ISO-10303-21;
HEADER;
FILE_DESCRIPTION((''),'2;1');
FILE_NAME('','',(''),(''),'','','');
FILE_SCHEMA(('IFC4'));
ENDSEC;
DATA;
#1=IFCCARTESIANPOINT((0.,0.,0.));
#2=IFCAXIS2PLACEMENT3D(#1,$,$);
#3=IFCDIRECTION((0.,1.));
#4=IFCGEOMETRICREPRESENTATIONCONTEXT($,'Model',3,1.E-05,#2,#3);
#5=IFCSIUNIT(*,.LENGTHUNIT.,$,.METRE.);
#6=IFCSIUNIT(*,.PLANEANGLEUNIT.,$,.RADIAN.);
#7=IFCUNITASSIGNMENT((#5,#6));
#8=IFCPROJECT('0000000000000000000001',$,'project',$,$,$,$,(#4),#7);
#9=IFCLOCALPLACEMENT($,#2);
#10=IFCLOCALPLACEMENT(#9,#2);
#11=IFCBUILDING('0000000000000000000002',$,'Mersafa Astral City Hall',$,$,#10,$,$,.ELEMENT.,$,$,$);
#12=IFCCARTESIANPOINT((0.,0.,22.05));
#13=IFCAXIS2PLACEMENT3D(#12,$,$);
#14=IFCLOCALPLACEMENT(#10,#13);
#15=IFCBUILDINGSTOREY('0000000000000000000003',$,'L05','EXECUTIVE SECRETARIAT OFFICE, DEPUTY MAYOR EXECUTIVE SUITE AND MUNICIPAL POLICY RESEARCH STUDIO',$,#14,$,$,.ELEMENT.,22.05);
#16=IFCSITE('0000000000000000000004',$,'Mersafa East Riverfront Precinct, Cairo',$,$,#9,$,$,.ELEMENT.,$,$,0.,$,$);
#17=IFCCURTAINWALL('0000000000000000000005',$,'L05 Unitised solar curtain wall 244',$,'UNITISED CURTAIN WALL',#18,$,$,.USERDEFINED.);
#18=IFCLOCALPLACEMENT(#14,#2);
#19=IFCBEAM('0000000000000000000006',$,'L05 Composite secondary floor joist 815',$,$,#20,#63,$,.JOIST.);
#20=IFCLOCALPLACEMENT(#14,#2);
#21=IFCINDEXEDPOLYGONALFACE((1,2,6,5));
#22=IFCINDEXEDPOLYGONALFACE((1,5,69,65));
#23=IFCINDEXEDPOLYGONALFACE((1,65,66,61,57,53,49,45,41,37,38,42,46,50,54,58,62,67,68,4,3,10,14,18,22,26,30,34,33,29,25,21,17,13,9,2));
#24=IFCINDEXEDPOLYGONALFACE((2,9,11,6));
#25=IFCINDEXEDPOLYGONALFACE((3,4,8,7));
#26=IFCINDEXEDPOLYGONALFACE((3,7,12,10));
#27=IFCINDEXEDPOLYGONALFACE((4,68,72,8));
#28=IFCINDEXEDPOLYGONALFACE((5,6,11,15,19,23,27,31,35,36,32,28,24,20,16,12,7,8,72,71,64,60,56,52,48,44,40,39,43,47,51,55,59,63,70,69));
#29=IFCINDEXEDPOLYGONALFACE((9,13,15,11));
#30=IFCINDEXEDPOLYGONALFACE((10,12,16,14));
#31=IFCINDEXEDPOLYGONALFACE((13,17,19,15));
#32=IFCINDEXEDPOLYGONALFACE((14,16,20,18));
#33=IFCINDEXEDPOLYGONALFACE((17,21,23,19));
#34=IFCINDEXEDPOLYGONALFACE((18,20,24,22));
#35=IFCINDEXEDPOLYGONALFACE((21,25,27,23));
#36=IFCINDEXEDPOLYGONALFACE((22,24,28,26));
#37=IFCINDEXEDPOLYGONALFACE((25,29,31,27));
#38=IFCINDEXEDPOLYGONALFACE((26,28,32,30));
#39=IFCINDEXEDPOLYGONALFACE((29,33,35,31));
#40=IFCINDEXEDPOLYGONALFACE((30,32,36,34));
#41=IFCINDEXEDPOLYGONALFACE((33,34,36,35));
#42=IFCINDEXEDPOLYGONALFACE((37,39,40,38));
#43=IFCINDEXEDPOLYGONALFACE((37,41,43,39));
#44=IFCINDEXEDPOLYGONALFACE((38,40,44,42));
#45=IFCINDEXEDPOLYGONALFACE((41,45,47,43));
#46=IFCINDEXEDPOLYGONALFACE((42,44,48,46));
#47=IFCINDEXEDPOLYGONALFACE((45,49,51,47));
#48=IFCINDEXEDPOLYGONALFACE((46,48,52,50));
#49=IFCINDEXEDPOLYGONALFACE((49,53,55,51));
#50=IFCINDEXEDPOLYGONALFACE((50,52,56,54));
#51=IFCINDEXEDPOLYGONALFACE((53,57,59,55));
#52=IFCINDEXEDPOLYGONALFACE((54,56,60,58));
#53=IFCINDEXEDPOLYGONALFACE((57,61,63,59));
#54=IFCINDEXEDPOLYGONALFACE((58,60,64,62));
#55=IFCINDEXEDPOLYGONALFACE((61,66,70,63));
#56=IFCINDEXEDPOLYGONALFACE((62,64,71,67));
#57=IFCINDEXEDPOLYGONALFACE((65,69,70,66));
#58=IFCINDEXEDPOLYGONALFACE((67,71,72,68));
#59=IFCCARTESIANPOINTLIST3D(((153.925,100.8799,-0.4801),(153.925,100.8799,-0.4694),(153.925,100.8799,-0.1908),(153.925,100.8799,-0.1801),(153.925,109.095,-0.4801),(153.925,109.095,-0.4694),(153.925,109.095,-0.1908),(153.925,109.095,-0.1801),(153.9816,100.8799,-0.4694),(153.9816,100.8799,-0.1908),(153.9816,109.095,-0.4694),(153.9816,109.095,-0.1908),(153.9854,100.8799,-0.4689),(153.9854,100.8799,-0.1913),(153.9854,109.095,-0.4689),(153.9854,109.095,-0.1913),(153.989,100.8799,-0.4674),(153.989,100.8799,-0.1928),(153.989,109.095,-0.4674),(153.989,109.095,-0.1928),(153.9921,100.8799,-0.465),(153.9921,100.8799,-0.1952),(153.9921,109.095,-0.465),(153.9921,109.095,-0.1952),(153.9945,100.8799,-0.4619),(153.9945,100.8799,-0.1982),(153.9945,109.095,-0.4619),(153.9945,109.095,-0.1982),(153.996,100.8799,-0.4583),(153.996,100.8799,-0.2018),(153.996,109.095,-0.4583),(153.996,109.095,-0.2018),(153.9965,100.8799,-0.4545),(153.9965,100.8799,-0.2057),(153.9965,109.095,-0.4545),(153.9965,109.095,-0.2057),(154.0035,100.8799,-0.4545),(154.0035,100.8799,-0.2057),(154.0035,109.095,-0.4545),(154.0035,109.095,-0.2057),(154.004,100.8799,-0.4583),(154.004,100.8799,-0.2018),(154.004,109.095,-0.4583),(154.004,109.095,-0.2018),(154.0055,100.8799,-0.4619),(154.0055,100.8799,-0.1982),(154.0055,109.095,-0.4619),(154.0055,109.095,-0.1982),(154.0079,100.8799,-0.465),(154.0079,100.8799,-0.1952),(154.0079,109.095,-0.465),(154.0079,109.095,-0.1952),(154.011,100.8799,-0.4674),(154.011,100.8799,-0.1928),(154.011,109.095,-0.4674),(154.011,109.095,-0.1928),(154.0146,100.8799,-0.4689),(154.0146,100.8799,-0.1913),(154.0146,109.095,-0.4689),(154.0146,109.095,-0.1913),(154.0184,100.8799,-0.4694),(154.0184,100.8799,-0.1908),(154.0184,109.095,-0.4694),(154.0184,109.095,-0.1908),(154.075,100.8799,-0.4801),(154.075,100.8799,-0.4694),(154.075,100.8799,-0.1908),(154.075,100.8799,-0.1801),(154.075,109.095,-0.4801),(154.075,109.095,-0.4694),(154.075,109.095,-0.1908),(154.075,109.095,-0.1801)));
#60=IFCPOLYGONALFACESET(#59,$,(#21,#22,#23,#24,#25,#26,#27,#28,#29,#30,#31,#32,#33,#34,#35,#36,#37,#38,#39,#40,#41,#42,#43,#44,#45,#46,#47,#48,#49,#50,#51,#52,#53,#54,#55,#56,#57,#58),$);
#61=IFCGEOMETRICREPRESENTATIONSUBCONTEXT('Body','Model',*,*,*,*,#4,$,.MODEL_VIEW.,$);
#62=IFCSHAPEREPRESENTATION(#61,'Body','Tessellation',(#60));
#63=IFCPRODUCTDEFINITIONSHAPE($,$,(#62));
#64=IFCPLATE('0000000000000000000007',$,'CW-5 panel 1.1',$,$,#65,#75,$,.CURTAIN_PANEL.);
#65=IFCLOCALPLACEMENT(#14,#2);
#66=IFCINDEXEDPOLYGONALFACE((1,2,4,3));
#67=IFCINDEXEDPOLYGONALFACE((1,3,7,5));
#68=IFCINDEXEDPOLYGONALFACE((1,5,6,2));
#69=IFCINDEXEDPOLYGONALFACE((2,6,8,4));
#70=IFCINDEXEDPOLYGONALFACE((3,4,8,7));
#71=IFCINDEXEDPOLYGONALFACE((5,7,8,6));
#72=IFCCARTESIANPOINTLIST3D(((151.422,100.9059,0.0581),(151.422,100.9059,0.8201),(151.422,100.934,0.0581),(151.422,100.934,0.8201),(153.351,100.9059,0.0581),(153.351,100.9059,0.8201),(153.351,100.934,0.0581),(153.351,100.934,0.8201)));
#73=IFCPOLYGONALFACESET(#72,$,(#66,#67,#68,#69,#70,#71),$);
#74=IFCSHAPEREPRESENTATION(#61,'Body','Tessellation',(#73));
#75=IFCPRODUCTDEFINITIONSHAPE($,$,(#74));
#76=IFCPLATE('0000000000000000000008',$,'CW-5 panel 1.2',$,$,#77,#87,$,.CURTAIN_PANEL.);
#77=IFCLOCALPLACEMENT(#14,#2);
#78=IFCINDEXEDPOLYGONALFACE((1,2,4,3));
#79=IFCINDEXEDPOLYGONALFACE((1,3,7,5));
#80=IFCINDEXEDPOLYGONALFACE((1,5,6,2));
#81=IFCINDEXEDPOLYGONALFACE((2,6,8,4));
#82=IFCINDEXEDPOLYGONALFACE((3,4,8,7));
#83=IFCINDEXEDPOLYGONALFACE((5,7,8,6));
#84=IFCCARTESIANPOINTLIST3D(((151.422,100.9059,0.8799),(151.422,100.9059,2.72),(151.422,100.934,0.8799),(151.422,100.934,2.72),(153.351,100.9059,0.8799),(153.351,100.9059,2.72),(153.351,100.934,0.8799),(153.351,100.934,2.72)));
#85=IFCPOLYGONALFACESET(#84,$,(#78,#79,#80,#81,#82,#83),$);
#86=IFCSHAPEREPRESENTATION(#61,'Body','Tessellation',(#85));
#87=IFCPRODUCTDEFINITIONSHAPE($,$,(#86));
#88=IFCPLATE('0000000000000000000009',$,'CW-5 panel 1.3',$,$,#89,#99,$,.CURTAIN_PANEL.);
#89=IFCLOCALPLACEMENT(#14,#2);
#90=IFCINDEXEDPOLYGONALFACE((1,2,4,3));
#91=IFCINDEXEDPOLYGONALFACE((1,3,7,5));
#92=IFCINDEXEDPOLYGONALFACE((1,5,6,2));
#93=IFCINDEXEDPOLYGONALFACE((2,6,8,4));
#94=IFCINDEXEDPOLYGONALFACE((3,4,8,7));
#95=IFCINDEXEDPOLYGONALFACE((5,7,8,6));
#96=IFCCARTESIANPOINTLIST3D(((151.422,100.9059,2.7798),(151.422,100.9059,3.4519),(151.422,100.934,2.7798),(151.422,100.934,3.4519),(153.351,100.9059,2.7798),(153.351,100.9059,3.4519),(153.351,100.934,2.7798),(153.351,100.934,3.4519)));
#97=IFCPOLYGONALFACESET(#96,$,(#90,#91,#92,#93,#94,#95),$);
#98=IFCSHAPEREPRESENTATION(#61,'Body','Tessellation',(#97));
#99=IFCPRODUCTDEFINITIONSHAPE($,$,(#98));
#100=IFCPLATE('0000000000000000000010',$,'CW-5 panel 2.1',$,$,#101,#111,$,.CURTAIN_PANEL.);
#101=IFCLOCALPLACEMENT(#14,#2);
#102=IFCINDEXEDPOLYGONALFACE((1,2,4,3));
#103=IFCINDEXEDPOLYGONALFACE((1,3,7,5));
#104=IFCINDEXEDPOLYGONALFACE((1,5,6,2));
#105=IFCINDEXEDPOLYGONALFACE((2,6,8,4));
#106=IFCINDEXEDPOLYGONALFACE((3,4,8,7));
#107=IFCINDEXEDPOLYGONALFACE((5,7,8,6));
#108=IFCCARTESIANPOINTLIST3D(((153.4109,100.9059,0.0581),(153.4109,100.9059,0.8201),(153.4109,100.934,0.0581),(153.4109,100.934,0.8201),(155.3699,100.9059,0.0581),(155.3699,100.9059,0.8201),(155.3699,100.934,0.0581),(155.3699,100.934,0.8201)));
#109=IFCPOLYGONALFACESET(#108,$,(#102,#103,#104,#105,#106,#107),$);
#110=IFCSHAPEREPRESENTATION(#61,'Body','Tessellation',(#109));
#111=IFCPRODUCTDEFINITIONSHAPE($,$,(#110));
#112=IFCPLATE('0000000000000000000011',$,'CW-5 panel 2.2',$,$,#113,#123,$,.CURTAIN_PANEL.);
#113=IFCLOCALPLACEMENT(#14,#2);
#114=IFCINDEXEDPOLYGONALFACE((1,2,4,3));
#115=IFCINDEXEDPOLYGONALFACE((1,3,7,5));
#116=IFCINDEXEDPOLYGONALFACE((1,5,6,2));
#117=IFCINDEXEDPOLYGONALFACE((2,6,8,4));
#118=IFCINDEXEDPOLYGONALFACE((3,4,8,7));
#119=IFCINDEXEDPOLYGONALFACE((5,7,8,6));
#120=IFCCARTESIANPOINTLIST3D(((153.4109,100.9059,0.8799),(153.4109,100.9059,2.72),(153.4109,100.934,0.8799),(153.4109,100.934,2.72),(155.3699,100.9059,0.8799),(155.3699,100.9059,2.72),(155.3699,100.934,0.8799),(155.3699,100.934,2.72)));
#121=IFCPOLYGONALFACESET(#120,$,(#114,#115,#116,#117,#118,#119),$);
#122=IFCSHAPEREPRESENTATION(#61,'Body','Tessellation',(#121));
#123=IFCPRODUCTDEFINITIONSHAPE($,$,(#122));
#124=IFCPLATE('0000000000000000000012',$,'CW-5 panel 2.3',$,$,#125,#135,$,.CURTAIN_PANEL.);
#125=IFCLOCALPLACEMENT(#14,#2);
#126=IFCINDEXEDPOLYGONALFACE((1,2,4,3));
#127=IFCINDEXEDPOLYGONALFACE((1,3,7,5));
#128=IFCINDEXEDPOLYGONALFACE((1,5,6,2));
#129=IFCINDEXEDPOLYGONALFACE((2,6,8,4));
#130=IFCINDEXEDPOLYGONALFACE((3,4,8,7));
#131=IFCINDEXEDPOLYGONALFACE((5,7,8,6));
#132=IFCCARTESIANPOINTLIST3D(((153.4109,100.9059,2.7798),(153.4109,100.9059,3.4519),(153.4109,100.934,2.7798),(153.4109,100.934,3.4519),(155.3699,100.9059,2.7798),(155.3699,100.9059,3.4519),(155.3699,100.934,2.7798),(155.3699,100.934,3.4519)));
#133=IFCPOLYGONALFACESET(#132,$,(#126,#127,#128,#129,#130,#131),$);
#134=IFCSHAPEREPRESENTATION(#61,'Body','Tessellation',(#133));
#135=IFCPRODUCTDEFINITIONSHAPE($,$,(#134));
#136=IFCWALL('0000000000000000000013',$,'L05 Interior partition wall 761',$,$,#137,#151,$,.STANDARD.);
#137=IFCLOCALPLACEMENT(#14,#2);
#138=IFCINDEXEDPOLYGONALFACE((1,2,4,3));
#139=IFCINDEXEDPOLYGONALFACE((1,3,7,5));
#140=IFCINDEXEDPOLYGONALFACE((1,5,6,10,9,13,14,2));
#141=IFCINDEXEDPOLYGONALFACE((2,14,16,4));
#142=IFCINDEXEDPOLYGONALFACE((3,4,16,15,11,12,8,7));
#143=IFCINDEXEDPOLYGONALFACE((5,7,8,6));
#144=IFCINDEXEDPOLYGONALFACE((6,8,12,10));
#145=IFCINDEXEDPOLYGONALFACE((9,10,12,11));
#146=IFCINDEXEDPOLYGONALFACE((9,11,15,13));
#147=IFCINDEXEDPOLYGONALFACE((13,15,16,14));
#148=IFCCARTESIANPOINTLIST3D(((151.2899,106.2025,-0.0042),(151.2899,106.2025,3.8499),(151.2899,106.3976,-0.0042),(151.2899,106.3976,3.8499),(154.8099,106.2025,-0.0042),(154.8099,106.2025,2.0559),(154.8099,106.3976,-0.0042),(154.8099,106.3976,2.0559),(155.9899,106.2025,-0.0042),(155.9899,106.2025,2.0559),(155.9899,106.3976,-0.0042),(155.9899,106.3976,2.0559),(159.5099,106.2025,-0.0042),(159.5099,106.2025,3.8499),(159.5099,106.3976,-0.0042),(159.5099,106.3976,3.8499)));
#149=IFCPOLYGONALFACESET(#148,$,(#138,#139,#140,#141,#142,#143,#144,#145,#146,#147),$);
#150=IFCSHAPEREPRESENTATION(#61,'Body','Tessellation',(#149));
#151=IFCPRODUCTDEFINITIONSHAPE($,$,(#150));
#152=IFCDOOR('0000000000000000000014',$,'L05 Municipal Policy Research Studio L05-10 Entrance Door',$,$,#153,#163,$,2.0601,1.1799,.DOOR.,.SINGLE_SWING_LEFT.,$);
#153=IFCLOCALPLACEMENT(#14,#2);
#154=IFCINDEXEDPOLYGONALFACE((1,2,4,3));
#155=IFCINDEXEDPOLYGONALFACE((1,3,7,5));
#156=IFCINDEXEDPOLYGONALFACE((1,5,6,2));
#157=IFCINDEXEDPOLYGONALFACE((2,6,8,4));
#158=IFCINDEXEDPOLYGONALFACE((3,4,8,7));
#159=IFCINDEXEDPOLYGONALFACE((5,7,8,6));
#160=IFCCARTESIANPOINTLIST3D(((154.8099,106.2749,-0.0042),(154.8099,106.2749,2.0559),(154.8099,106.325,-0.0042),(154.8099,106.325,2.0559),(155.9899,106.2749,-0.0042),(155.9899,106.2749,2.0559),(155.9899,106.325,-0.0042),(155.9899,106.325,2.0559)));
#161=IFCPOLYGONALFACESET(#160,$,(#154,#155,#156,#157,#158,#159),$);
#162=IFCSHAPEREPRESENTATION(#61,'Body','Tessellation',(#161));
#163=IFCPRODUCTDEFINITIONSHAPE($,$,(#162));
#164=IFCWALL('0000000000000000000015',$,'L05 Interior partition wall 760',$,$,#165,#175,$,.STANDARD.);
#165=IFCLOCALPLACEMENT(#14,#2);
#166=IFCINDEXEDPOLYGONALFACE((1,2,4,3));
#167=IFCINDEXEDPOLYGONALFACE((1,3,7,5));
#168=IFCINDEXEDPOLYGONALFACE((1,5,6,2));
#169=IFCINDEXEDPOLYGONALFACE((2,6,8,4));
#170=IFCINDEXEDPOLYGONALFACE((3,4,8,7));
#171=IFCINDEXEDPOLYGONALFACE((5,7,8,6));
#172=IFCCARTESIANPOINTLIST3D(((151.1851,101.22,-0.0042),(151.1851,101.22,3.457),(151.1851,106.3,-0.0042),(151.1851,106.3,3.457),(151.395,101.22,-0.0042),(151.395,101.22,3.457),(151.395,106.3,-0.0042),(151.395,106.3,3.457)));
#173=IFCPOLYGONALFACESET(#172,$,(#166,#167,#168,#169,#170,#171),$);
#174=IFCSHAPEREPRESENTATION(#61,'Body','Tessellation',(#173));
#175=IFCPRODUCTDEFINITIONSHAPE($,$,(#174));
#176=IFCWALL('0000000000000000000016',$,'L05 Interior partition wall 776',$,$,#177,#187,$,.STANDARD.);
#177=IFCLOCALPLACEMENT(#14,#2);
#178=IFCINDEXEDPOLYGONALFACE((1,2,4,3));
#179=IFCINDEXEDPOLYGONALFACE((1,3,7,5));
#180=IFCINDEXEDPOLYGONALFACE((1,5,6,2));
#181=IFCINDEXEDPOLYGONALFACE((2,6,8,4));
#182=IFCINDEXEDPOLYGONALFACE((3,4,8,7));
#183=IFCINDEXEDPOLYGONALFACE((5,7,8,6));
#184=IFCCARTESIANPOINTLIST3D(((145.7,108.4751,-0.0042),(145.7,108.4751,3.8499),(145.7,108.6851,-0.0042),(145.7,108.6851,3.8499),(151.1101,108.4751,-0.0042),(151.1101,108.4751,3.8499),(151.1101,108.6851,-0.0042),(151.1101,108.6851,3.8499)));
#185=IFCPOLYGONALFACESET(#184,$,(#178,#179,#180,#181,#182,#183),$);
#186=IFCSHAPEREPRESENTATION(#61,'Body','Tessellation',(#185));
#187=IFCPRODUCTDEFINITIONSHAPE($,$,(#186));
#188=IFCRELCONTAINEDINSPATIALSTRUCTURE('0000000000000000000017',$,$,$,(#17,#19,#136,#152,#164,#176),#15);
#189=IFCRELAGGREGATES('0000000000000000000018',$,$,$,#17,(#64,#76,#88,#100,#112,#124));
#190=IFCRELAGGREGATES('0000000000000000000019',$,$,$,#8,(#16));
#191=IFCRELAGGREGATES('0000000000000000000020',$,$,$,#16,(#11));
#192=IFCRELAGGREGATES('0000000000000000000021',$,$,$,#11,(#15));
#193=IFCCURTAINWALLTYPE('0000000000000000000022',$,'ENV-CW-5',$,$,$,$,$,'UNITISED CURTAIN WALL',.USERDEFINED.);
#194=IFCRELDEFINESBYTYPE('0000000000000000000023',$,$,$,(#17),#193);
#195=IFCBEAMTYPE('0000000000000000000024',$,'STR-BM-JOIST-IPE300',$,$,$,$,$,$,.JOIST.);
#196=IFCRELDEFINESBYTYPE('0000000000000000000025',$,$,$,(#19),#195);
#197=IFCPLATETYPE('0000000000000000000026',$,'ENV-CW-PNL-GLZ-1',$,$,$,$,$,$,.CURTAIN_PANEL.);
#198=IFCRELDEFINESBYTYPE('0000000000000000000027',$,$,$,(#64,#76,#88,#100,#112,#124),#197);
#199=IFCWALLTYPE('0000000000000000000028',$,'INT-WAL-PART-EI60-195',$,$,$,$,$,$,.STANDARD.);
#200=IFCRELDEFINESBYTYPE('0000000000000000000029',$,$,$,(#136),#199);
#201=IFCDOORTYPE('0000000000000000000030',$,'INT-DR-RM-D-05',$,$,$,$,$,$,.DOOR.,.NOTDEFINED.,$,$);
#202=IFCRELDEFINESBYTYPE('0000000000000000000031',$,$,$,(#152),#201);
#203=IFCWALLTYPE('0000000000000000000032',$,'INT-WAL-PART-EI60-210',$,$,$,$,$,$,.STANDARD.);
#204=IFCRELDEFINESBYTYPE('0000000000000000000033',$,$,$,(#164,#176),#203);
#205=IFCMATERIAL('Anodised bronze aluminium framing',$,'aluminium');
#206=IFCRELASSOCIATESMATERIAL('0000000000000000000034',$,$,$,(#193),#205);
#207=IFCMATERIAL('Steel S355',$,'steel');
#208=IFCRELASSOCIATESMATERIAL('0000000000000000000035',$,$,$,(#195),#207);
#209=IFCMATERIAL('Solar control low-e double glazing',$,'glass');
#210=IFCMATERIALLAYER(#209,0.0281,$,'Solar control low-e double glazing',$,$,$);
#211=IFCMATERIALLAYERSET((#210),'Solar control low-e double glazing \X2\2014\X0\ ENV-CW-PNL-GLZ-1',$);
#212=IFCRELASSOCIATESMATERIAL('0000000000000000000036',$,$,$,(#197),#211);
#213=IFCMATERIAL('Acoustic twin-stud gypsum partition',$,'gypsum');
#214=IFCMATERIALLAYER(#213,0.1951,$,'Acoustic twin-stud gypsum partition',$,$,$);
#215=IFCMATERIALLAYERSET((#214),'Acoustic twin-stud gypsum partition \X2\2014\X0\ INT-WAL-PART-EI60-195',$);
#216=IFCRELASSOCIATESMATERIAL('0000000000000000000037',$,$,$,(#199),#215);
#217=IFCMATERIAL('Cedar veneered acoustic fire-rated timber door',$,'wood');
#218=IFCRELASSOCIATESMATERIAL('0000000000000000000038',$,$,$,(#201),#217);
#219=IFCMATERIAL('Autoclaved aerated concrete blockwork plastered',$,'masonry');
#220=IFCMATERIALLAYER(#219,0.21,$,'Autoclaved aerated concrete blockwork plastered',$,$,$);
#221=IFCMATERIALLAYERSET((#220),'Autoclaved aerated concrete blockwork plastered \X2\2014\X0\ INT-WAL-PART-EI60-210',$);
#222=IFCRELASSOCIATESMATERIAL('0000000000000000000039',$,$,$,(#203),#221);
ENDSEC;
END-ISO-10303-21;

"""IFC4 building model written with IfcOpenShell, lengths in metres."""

from ifc_helpers import new_model, si_unit, direction, frame, frame_2d, origin, origin_2d, place, context, subcontext, project, spatial, rectangle, i_section, extrude, material, layer, layer_set, material_profile, profile_set, type_object, element, fill, aggregate, save


model = new_model("IFC4")

# Units and contexts
model_context = context("Model", 3, precision=1e-05, world=origin(), true_north=direction((0.0, 1.0)))
body_context = subcontext(model_context, "Body", "Model", "MODEL_VIEW")
ifc_project = project(units=[si_unit("LENGTHUNIT", "METRE"), si_unit("PLANEANGLEUNIT", "RADIAN")], contexts=[model_context])

# Site, building, storey
site_placement = place(None, origin())
site = spatial("IfcSite", under=ifc_project, at=site_placement, Name="Mersafa East Riverfront Precinct, Cairo", CompositionType="ELEMENT", RefElevation=0.0)
building_placement = place(site_placement, origin())
building = spatial("IfcBuilding", under=site, at=building_placement, Name="Mersafa Astral City Hall", CompositionType="ELEMENT")
storey_placement = place(building_placement, frame((0.0, 0.0, 22.05)))
storey = spatial("IfcBuildingStorey", under=building, at=storey_placement, Name="L05", Description="EXECUTIVE SECRETARIAT OFFICE, DEPUTY MAYOR EXECUTIVE SUITE AND MUNICIPAL POLICY RESEARCH STUDIO", CompositionType="ELEMENT", Elevation=22.05)

# Shared definitions
ifc_material_1 = material(Name="Steel S355", Category="steel")

# Curtain wall
ifc_material_2 = material(Name="Anodised bronze aluminium framing", Category="aluminium")
curtain_wall_type = type_object("IfcCurtainWallType", Name="ENV-CW-5", ElementType="UNITISED CURTAIN WALL", PredefinedType="USERDEFINED", material=ifc_material_2)
curtain_wall_placement = place(storey_placement, origin())
curtain_wall = element("IfcCurtainWall", 1, at=curtain_wall_placement, inside=storey, type_object=curtain_wall_type, Name="L05 Unitised solar curtain wall 244", ObjectType="UNITISED CURTAIN WALL", PredefinedType="USERDEFINED")

# Beam
ifc_material_profile_1 = material_profile(ifc_material_1, i_section(OverallWidth=0.1499, OverallDepth=0.3, WebThickness=0.0071, FlangeThickness=0.0107, FilletRadius=0.0149, at=origin_2d()), Name="IPE 300")
ifc_profile_set_1 = profile_set([ifc_material_profile_1], Name="Steel S355")
beam_type_1 = type_object("IfcBeamType", Name="STR-BM-JOIST-IPE300", PredefinedType="JOIST", material=ifc_profile_set_1)
beam_1_placement = place(storey_placement, frame((154.0, 100.8799, -0.3301), z_axis=(0.0, 1.0, 0.0), x_axis=(-1.0, 0.0, 0.0)))
element("IfcBeam", 2, at=beam_1_placement, inside=storey, type_object=beam_type_1, Name="L05 Composite secondary floor joist 815", PredefinedType="JOIST", context=body_context, shape_type="SweptSolid", body=[
    extrude(i_section(OverallWidth=0.1499, OverallDepth=0.3, WebThickness=0.0071, FlangeThickness=0.0107, FilletRadius=0.0149, at=origin_2d()), origin(), (0.0, 0.0, 1.0), 8.2151),
])

# Plates
ifc_material_3 = material(Name="Solar control low-e double glazing", Category="glass")
ifc_layer_1 = layer(ifc_material_3, 0.0281, Name="Solar control low-e double glazing")
ifc_layer_set_1 = layer_set([ifc_layer_1], Name="Solar control low-e double glazing — ENV-CW-PNL-GLZ-1")
plate_type = type_object("IfcPlateType", Name="ENV-CW-PNL-GLZ-1", PredefinedType="CURTAIN_PANEL", material=ifc_layer_set_1)
plate_1_placement = place(storey_placement, frame((152.3865, 100.9199, 0.0581), z_axis=(0.0, 0.0, 1.0), x_axis=(1.0, 0.0, 0.0)))
plate_1 = element("IfcPlate", 3, at=plate_1_placement, type_object=plate_type, Name="CW-5 panel 1.1", PredefinedType="CURTAIN_PANEL", context=body_context, shape_type="SweptSolid", body=[
    extrude(rectangle(XDim=1.929, YDim=0.0281, at=origin_2d()), origin(), (0.0, 0.0, 1.0), 0.762),
])
plate_2_placement = place(storey_placement, frame((152.3865, 100.9199, 0.8799), z_axis=(0.0, 0.0, 1.0), x_axis=(1.0, 0.0, 0.0)))
plate_2 = element("IfcPlate", 4, at=plate_2_placement, type_object=plate_type, Name="CW-5 panel 1.2", PredefinedType="CURTAIN_PANEL", context=body_context, shape_type="SweptSolid", body=[
    extrude(rectangle(XDim=1.929, YDim=0.0281, at=origin_2d()), origin(), (0.0, 0.0, 1.0), 1.8401),
])
plate_3_placement = place(storey_placement, frame((152.3865, 100.9199, 2.7798), z_axis=(0.0, 0.0, 1.0), x_axis=(1.0, 0.0, 0.0)))
plate_3 = element("IfcPlate", 5, at=plate_3_placement, type_object=plate_type, Name="CW-5 panel 1.3", PredefinedType="CURTAIN_PANEL", context=body_context, shape_type="SweptSolid", body=[
    extrude(rectangle(XDim=1.929, YDim=0.0281, at=origin_2d()), origin(), (0.0, 0.0, 1.0), 0.6721),
])
plate_4_placement = place(storey_placement, frame((154.3904, 100.9199, 0.0581), z_axis=(0.0, 0.0, 1.0), x_axis=(1.0, 0.0, 0.0)))
plate_4 = element("IfcPlate", 6, at=plate_4_placement, type_object=plate_type, Name="CW-5 panel 2.1", PredefinedType="CURTAIN_PANEL", context=body_context, shape_type="SweptSolid", body=[
    extrude(rectangle(XDim=1.959, YDim=0.0281, at=origin_2d()), origin(), (0.0, 0.0, 1.0), 0.762),
])
plate_5_placement = place(storey_placement, frame((154.3904, 100.9199, 0.8799), z_axis=(0.0, 0.0, 1.0), x_axis=(1.0, 0.0, 0.0)))
plate_5 = element("IfcPlate", 7, at=plate_5_placement, type_object=plate_type, Name="CW-5 panel 2.2", PredefinedType="CURTAIN_PANEL", context=body_context, shape_type="SweptSolid", body=[
    extrude(rectangle(XDim=1.959, YDim=0.0281, at=origin_2d()), origin(), (0.0, 0.0, 1.0), 1.8401),
])
plate_6_placement = place(storey_placement, frame((154.3904, 100.9199, 2.7798), z_axis=(0.0, 0.0, 1.0), x_axis=(1.0, 0.0, 0.0)))
plate_6 = element("IfcPlate", 8, at=plate_6_placement, type_object=plate_type, Name="CW-5 panel 2.3", PredefinedType="CURTAIN_PANEL", context=body_context, shape_type="SweptSolid", body=[
    extrude(rectangle(XDim=1.959, YDim=0.0281, at=origin_2d()), origin(), (0.0, 0.0, 1.0), 0.6721),
])
aggregate(curtain_wall, [plate_1, plate_2, plate_3, plate_4, plate_5, plate_6])

# Wall, opening, door
ifc_material_4 = material(Name="Acoustic twin-stud gypsum partition", Category="gypsum")
ifc_layer_2 = layer(ifc_material_4, 0.1951, Name="Acoustic twin-stud gypsum partition")
ifc_layer_set_2 = layer_set([ifc_layer_2], Name="Acoustic twin-stud gypsum partition — INT-WAL-PART-EI60-195")
wall_type_1 = type_object("IfcWallType", Name="INT-WAL-PART-EI60-195", PredefinedType="STANDARD", material=ifc_layer_set_2)
wall_1_placement = place(storey_placement, frame((151.29, 106.3, -0.0042), z_axis=(0.0, 0.0, 1.0), x_axis=(1.0, 0.0, 0.0)))
wall_1 = element("IfcWall", 9, at=wall_1_placement, inside=storey, type_object=wall_type_1, Name="L05 Interior partition wall 761", PredefinedType="STANDARD", context=body_context, shape_type="SweptSolid", body=[
    extrude(rectangle(XDim=8.22, YDim=0.1951, at=frame_2d((4.1099, 0.0))), origin(), (0.0, 0.0, 1.0), 3.854),
])
opening_placement = place(wall_1_placement, frame((3.52, 0.0, 0.0)))
opening = element("IfcOpeningElement", 10, at=opening_placement, cuts=wall_1, PredefinedType="OPENING", context=body_context, shape_type="SweptSolid", body=[
    extrude(rectangle(XDim=1.1799, YDim=2.0601, at=frame_2d((0.5898, 1.03))), frame((0.0, 0.1074, 0.0), z_axis=(0.0, -1.0, 0.0), x_axis=(1.0, 0.0, 0.0)), (0.0, 0.0, 1.0), 0.2151),
])
ifc_material_5 = material(Name="Cedar veneered acoustic fire-rated timber door", Category="wood")
door_type = type_object("IfcDoorType", Name="INT-DR-RM-D-05", OperationType="NOTDEFINED", PredefinedType="DOOR", material=ifc_material_5)
door_placement = place(opening_placement, origin())
door = element("IfcDoor", 11, at=door_placement, inside=storey, type_object=door_type, Name="L05 Municipal Policy Research Studio L05-10 Entrance Door", OperationType="SINGLE_SWING_LEFT", OverallHeight=2.0601, OverallWidth=1.1799, PredefinedType="DOOR", context=body_context, shape_type="SweptSolid", body=[
    extrude(rectangle(XDim=1.1799, YDim=2.0601, at=frame_2d((0.5898, 1.03))), frame((0.0, 0.0249, 0.0), z_axis=(0.0, -1.0, 0.0), x_axis=(1.0, 0.0, 0.0)), (0.0, 0.0, 1.0), 0.05),
])
fill(opening, door)

# Walls
ifc_material_6 = material(Name="Autoclaved aerated concrete blockwork plastered", Category="masonry")
ifc_layer_3 = layer(ifc_material_6, 0.21, Name="Autoclaved aerated concrete blockwork plastered")
ifc_layer_set_3 = layer_set([ifc_layer_3], Name="Autoclaved aerated concrete blockwork plastered — INT-WAL-PART-EI60-210")
wall_type_2 = type_object("IfcWallType", Name="INT-WAL-PART-EI60-210", PredefinedType="STANDARD", material=ifc_layer_set_3)
wall_2_placement = place(storey_placement, frame((151.29, 101.22, -0.0042), z_axis=(0.0, 0.0, 1.0), x_axis=(0.0, 1.0, 0.0)))
element("IfcWall", 12, at=wall_2_placement, inside=storey, type_object=wall_type_2, Name="L05 Interior partition wall 760", PredefinedType="STANDARD", context=body_context, shape_type="SweptSolid", body=[
    extrude(rectangle(XDim=5.0801, YDim=0.21, at=frame_2d((2.54, 0.0))), origin(), (0.0, 0.0, 1.0), 3.4612),
])
wall_3_placement = place(storey_placement, frame((151.1101, 108.5801, -0.0042), z_axis=(0.0, 0.0, 1.0), x_axis=(-1.0, 0.0, 0.0)))
element("IfcWall", 13, at=wall_3_placement, inside=storey, type_object=wall_type_2, Name="L05 Interior partition wall 776", PredefinedType="STANDARD", context=body_context, shape_type="SweptSolid", body=[
    extrude(rectangle(XDim=5.4102, YDim=0.21, at=frame_2d((2.7051, 0.0))), origin(), (0.0, 0.0, 1.0), 3.854),
])

save(model, "model.ifc")
